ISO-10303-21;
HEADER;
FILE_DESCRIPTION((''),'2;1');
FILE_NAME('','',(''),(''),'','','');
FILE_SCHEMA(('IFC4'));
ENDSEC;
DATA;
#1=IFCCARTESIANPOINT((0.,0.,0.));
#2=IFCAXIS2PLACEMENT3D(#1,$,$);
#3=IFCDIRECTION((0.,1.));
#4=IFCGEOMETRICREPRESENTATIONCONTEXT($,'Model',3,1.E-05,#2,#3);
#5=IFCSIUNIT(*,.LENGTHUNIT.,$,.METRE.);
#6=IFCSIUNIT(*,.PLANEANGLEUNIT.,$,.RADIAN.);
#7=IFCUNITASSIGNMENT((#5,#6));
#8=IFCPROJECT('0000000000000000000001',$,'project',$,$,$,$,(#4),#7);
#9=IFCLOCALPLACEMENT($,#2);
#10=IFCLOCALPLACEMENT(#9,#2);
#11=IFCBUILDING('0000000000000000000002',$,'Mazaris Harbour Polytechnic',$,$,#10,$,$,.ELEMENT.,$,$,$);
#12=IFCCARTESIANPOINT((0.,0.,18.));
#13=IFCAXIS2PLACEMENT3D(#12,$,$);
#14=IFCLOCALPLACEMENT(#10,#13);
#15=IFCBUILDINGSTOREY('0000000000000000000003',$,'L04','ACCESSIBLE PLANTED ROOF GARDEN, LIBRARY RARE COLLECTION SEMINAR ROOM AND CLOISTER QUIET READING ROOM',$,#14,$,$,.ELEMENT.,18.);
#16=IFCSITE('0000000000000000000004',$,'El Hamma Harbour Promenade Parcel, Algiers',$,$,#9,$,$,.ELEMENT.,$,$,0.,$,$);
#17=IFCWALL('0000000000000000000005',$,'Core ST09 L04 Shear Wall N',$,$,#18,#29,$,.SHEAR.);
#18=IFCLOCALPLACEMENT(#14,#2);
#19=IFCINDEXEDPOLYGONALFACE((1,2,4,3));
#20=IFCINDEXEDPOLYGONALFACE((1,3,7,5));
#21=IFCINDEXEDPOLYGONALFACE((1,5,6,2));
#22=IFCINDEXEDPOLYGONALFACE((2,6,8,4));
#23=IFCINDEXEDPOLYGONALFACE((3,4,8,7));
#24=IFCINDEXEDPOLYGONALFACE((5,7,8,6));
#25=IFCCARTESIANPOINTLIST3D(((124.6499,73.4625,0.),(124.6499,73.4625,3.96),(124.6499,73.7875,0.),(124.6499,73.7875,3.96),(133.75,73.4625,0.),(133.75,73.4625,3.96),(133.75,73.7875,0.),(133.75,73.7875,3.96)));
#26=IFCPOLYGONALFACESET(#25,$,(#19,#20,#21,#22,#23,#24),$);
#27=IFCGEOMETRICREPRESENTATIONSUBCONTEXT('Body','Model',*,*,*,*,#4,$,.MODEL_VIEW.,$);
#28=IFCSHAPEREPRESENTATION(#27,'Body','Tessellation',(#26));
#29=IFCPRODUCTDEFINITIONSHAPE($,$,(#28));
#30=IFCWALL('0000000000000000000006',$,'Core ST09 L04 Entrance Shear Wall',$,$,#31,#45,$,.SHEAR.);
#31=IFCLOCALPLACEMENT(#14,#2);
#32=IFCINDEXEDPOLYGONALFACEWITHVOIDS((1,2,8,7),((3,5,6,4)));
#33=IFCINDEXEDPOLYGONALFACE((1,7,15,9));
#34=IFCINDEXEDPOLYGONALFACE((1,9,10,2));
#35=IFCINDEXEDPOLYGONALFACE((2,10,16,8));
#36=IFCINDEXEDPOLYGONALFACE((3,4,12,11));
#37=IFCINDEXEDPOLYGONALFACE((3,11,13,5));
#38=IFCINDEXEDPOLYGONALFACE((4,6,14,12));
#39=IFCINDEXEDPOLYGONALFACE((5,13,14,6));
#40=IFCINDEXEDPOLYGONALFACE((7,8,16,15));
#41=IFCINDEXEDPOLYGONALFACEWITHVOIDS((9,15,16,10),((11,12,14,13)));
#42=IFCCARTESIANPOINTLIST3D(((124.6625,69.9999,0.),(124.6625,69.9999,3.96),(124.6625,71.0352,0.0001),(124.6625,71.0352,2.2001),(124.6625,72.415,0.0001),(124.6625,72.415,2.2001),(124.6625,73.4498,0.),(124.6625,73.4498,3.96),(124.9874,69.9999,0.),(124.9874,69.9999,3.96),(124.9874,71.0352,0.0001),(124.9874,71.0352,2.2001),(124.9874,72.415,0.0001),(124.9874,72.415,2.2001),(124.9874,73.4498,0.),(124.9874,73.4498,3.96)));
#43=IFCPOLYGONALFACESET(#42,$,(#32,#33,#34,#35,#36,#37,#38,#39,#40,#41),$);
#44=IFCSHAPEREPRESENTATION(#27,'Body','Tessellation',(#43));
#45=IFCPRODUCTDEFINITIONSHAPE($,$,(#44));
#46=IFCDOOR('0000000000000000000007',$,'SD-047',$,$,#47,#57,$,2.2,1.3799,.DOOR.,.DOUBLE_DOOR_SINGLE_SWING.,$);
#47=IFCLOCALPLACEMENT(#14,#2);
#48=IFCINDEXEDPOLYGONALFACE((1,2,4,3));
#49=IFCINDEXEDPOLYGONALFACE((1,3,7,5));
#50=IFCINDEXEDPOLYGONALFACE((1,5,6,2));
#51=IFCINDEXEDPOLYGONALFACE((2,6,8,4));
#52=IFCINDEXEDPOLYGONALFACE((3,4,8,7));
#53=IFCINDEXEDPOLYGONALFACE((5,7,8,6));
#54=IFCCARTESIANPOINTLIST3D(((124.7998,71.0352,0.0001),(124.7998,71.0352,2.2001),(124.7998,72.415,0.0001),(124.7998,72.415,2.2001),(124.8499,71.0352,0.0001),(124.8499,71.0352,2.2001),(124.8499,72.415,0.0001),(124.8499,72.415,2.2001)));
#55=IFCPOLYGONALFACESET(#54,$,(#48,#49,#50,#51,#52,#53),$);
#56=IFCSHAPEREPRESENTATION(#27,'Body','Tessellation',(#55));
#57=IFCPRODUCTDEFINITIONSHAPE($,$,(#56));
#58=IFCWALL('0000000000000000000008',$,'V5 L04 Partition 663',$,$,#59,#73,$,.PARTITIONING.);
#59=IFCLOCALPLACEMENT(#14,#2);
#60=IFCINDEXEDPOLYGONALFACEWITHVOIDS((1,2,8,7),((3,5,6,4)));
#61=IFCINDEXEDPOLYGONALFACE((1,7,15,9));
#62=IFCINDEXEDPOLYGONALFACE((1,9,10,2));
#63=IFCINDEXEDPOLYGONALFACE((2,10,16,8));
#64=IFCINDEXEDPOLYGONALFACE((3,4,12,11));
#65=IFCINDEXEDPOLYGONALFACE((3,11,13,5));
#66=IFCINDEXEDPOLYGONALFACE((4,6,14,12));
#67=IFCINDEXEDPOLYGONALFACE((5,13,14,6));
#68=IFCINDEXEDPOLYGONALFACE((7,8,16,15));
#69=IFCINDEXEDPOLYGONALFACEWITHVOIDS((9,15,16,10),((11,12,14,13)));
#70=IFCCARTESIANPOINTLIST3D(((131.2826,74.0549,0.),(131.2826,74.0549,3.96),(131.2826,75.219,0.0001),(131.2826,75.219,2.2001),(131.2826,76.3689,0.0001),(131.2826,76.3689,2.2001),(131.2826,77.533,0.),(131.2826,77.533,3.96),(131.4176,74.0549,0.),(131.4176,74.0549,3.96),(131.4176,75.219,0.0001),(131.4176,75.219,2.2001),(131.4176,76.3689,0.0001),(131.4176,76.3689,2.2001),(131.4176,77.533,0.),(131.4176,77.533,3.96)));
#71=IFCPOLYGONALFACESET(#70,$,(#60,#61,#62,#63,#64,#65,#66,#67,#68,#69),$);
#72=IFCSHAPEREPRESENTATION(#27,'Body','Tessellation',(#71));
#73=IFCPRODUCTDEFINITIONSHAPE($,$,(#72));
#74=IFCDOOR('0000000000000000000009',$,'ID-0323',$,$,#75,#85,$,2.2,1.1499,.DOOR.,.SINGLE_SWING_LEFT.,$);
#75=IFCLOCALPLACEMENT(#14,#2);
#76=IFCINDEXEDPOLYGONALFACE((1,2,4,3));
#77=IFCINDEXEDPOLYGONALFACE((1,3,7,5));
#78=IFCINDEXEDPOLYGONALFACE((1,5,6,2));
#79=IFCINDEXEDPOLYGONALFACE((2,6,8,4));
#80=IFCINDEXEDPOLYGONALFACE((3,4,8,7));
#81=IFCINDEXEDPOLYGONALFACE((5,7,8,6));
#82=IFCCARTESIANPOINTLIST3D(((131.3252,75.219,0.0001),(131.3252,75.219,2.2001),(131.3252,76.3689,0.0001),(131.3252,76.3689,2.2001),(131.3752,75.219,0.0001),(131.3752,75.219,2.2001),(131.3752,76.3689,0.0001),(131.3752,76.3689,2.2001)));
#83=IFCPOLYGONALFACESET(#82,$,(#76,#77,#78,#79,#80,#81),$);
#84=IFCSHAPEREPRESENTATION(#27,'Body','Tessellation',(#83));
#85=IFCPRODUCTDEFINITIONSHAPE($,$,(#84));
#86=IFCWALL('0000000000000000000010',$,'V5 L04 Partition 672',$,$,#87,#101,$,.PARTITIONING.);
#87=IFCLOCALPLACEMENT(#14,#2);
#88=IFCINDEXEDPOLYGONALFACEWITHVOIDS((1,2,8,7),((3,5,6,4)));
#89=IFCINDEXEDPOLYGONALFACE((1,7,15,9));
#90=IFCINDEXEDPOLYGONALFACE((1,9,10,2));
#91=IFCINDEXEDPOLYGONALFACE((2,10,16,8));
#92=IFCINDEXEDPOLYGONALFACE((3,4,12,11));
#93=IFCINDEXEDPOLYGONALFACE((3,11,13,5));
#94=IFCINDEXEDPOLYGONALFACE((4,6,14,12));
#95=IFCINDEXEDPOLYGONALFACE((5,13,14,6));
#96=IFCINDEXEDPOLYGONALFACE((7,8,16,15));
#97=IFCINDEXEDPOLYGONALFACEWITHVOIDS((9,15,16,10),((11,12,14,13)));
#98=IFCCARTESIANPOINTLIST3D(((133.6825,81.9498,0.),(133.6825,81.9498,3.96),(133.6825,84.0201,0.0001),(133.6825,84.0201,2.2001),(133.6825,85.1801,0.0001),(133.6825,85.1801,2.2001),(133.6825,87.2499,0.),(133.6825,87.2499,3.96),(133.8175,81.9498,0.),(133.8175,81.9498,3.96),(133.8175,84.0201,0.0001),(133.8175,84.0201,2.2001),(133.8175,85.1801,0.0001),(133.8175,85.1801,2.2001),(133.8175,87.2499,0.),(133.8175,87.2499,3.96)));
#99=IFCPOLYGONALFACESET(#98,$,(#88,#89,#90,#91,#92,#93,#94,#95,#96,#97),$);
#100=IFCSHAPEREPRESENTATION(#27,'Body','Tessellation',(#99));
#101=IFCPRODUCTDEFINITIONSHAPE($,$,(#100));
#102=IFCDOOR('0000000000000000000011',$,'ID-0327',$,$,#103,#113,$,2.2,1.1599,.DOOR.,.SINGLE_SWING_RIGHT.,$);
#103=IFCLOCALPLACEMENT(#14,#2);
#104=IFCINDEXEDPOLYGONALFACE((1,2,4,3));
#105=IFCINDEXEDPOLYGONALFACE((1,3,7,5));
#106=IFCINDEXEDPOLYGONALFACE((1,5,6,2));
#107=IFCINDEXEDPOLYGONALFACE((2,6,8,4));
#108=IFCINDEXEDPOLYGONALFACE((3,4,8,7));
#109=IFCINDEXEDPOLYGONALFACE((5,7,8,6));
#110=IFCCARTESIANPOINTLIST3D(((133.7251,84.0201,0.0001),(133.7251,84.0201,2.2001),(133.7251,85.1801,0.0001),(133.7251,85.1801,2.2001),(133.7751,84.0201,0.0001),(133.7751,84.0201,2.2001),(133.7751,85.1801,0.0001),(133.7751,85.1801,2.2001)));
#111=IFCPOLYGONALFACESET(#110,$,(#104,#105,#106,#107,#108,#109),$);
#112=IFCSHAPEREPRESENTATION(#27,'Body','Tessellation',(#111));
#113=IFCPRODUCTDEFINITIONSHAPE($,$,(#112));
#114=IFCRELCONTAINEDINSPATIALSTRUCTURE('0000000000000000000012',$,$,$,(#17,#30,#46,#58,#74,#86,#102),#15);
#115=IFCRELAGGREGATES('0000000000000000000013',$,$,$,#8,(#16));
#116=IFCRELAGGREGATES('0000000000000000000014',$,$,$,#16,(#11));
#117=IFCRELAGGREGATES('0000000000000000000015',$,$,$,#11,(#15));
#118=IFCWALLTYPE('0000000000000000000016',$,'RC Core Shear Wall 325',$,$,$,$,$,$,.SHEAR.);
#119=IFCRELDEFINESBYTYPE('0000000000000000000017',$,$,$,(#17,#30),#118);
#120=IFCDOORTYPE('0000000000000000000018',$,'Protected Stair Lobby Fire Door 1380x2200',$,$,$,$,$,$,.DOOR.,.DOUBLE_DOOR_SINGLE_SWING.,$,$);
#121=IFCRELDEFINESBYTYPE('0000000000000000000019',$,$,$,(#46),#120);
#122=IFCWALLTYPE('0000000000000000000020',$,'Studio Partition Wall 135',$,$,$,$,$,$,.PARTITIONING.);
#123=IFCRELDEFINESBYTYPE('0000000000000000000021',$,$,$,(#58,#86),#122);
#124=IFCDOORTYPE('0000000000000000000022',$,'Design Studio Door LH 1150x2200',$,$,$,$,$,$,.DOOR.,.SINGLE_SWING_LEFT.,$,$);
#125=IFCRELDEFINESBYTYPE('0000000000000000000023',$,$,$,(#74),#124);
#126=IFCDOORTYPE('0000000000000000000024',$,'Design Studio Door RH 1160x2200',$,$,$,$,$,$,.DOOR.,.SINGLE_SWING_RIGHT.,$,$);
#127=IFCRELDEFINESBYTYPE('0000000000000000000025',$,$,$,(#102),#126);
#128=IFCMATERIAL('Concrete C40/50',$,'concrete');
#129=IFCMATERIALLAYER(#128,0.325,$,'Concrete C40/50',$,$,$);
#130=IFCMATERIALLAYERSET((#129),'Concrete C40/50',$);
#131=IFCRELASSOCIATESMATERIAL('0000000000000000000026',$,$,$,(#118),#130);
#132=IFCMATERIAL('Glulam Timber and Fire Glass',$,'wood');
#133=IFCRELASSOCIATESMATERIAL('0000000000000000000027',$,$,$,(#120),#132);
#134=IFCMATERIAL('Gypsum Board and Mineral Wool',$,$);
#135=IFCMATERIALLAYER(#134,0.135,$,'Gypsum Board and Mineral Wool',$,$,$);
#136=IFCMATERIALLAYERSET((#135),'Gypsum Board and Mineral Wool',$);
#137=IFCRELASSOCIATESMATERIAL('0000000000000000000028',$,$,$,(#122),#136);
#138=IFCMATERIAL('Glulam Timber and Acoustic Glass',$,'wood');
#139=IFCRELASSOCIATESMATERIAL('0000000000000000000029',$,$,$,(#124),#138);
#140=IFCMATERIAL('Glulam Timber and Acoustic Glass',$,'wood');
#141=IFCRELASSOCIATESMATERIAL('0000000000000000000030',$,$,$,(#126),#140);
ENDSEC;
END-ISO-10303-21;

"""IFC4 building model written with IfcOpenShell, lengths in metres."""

from ifc_helpers import new_model, si_unit, direction, frame, frame_2d, origin, place, context, subcontext, project, spatial, rectangle, extrude, material, layer, layer_set, type_object, element, fill, save


model = new_model("IFC4")

# Units and contexts
model_context = context("Model", 3, precision=1e-05, world=origin(), true_north=direction((0.0, 1.0)))
body_context = subcontext(model_context, "Body", "Model", "MODEL_VIEW")
ifc_project = project(units=[si_unit("LENGTHUNIT", "METRE"), si_unit("PLANEANGLEUNIT", "RADIAN")], contexts=[model_context])

# Site, building, storey
site_placement = place(None, origin())
site = spatial("IfcSite", under=ifc_project, at=site_placement, Name="El Hamma Harbour Promenade Parcel, Algiers", CompositionType="ELEMENT", RefElevation=0.0)
building_placement = place(site_placement, origin())
building = spatial("IfcBuilding", under=site, at=building_placement, Name="Mazaris Harbour Polytechnic", CompositionType="ELEMENT")
storey_placement = place(building_placement, frame((0.0, 0.0, 18.0)))
storey = spatial("IfcBuildingStorey", under=building, at=storey_placement, Name="L04", Description="ACCESSIBLE PLANTED ROOF GARDEN, LIBRARY RARE COLLECTION SEMINAR ROOM AND CLOISTER QUIET READING ROOM", CompositionType="ELEMENT", Elevation=18.0)

# Wall
ifc_material_1 = material(Name="Concrete C40/50", Category="concrete")
ifc_layer_1 = layer(ifc_material_1, 0.325, Name="Concrete C40/50")
ifc_layer_set_1 = layer_set([ifc_layer_1], Name="Concrete C40/50")
wall_type_1 = type_object("IfcWallType", Name="RC Core Shear Wall 325", PredefinedType="SHEAR", material=ifc_layer_set_1)
wall_1_placement = place(storey_placement, frame((133.75, 73.625, 0.0), z_axis=(0.0, 0.0, 1.0), x_axis=(-1.0, 0.0, 0.0)))
element("IfcWall", 1, at=wall_1_placement, inside=storey, type_object=wall_type_1, Name="Core ST09 L04 Shear Wall N", PredefinedType="SHEAR", context=body_context, shape_type="SweptSolid", body=[
    extrude(rectangle(XDim=9.1001, YDim=0.325, at=frame_2d((4.55, 0.0))), origin(), (0.0, 0.0, 1.0), 3.96),
])

# Walls, openings, doors
wall_2_placement = place(storey_placement, frame((124.825, 73.45, 0.0), z_axis=(0.0, 0.0, 1.0), x_axis=(0.0, -1.0, 0.0)))
wall_2 = element("IfcWall", 2, at=wall_2_placement, inside=storey, type_object=wall_type_1, Name="Core ST09 L04 Entrance Shear Wall", PredefinedType="SHEAR", context=body_context, shape_type="SweptSolid", body=[
    extrude(rectangle(XDim=3.45, YDim=0.325, at=frame_2d((1.7251, 0.0))), origin(), (0.0, 0.0, 1.0), 3.96),
])
opening_1_placement = place(wall_2_placement, frame((1.0349, 0.0, 0.0)))
opening_1 = element("IfcOpeningElement", 3, at=opening_1_placement, cuts=wall_2, PredefinedType="OPENING", context=body_context, shape_type="SweptSolid", body=[
    extrude(rectangle(XDim=1.3799, YDim=2.2, at=frame_2d((0.6899, 1.1001))), frame((0.0, 0.1724, 0.0), z_axis=(0.0, -1.0, 0.0), x_axis=(1.0, 0.0, 0.0)), (0.0, 0.0, 1.0), 0.345),
])
ifc_material_2 = material(Name="Glulam Timber and Fire Glass", Category="wood")
door_type_1 = type_object("IfcDoorType", Name="Protected Stair Lobby Fire Door 1380x2200", OperationType="DOUBLE_DOOR_SINGLE_SWING", PredefinedType="DOOR", material=ifc_material_2)
door_1_placement = place(opening_1_placement, origin())
door_1 = element("IfcDoor", 4, at=door_1_placement, inside=storey, type_object=door_type_1, Name="SD-047", OperationType="DOUBLE_DOOR_SINGLE_SWING", OverallHeight=2.2, OverallWidth=1.3799, PredefinedType="DOOR", context=body_context, shape_type="SweptSolid", body=[
    extrude(rectangle(XDim=1.3799, YDim=2.2, at=frame_2d((0.6899, 1.1001))), frame((0.0, 0.0249, 0.0), z_axis=(0.0, -1.0, 0.0), x_axis=(1.0, 0.0, 0.0)), (0.0, 0.0, 1.0), 0.05),
])
fill(opening_1, door_1)
ifc_material_3 = material(Name="Gypsum Board and Mineral Wool")
ifc_layer_2 = layer(ifc_material_3, 0.135, Name="Gypsum Board and Mineral Wool")
ifc_layer_set_2 = layer_set([ifc_layer_2], Name="Gypsum Board and Mineral Wool")
wall_type_2 = type_object("IfcWallType", Name="Studio Partition Wall 135", PredefinedType="PARTITIONING", material=ifc_layer_set_2)
wall_3_placement = place(storey_placement, frame((131.3501, 74.0549, 0.0), z_axis=(0.0, 0.0, 1.0), x_axis=(0.0, 1.0, 0.0)))
wall_3 = element("IfcWall", 5, at=wall_3_placement, inside=storey, type_object=wall_type_2, Name="V5 L04 Partition 663", PredefinedType="PARTITIONING", context=body_context, shape_type="SweptSolid", body=[
    extrude(rectangle(XDim=3.478, YDim=0.135, at=frame_2d((1.739, 0.0))), origin(), (0.0, 0.0, 1.0), 3.96),
])
opening_2_placement = place(wall_3_placement, frame((1.1641, 0.0, 0.0)))
opening_2 = element("IfcOpeningElement", 6, at=opening_2_placement, cuts=wall_3, PredefinedType="OPENING", context=body_context, shape_type="SweptSolid", body=[
    extrude(rectangle(XDim=1.1499, YDim=2.2, at=frame_2d((0.575, 1.1001))), frame((0.0, 0.0774, 0.0), z_axis=(0.0, -1.0, 0.0), x_axis=(1.0, 0.0, 0.0)), (0.0, 0.0, 1.0), 0.155),
])
ifc_material_4 = material(Name="Glulam Timber and Acoustic Glass", Category="wood")
door_type_2 = type_object("IfcDoorType", Name="Design Studio Door LH 1150x2200", OperationType="SINGLE_SWING_LEFT", PredefinedType="DOOR", material=ifc_material_4)
door_2_placement = place(opening_2_placement, origin())
door_2 = element("IfcDoor", 7, at=door_2_placement, inside=storey, type_object=door_type_2, Name="ID-0323", OperationType="SINGLE_SWING_LEFT", OverallHeight=2.2, OverallWidth=1.1499, PredefinedType="DOOR", context=body_context, shape_type="SweptSolid", body=[
    extrude(rectangle(XDim=1.1499, YDim=2.2, at=frame_2d((0.575, 1.1001))), frame((0.0, 0.0249, 0.0), z_axis=(0.0, -1.0, 0.0), x_axis=(1.0, 0.0, 0.0)), (0.0, 0.0, 1.0), 0.05),
])
fill(opening_2, door_2)
wall_4_placement = place(storey_placement, frame((133.75, 81.95, 0.0), z_axis=(0.0, 0.0, 1.0), x_axis=(0.0, 1.0, 0.0)))
wall_4 = element("IfcWall", 8, at=wall_4_placement, inside=storey, type_object=wall_type_2, Name="V5 L04 Partition 672", PredefinedType="PARTITIONING", context=body_context, shape_type="SweptSolid", body=[
    extrude(rectangle(XDim=5.3, YDim=0.135, at=frame_2d((2.6499, 0.0))), origin(), (0.0, 0.0, 1.0), 3.96),
])
opening_3_placement = place(wall_4_placement, frame((2.0701, 0.0, 0.0)))
opening_3 = element("IfcOpeningElement", 9, at=opening_3_placement, cuts=wall_4, PredefinedType="OPENING", context=body_context, shape_type="SweptSolid", body=[
    extrude(rectangle(XDim=1.1599, YDim=2.2, at=frame_2d((0.5801, 1.1001))), frame((0.0, 0.0774, 0.0), z_axis=(0.0, -1.0, 0.0), x_axis=(1.0, 0.0, 0.0)), (0.0, 0.0, 1.0), 0.155),
])
ifc_material_5 = material(Name="Glulam Timber and Acoustic Glass", Category="wood")
door_type_3 = type_object("IfcDoorType", Name="Design Studio Door RH 1160x2200", OperationType="SINGLE_SWING_RIGHT", PredefinedType="DOOR", material=ifc_material_5)
door_3_placement = place(opening_3_placement, origin())
door_3 = element("IfcDoor", 10, at=door_3_placement, inside=storey, type_object=door_type_3, Name="ID-0327", OperationType="SINGLE_SWING_RIGHT", OverallHeight=2.2, OverallWidth=1.1599, PredefinedType="DOOR", context=body_context, shape_type="SweptSolid", body=[
    extrude(rectangle(XDim=1.1599, YDim=2.2, at=frame_2d((0.5801, 1.1001))), frame((0.0, 0.0249, 0.0), z_axis=(0.0, -1.0, 0.0), x_axis=(1.0, 0.0, 0.0)), (0.0, 0.0, 1.0), 0.05),
])
fill(opening_3, door_3)

save(model, "model.ifc")
